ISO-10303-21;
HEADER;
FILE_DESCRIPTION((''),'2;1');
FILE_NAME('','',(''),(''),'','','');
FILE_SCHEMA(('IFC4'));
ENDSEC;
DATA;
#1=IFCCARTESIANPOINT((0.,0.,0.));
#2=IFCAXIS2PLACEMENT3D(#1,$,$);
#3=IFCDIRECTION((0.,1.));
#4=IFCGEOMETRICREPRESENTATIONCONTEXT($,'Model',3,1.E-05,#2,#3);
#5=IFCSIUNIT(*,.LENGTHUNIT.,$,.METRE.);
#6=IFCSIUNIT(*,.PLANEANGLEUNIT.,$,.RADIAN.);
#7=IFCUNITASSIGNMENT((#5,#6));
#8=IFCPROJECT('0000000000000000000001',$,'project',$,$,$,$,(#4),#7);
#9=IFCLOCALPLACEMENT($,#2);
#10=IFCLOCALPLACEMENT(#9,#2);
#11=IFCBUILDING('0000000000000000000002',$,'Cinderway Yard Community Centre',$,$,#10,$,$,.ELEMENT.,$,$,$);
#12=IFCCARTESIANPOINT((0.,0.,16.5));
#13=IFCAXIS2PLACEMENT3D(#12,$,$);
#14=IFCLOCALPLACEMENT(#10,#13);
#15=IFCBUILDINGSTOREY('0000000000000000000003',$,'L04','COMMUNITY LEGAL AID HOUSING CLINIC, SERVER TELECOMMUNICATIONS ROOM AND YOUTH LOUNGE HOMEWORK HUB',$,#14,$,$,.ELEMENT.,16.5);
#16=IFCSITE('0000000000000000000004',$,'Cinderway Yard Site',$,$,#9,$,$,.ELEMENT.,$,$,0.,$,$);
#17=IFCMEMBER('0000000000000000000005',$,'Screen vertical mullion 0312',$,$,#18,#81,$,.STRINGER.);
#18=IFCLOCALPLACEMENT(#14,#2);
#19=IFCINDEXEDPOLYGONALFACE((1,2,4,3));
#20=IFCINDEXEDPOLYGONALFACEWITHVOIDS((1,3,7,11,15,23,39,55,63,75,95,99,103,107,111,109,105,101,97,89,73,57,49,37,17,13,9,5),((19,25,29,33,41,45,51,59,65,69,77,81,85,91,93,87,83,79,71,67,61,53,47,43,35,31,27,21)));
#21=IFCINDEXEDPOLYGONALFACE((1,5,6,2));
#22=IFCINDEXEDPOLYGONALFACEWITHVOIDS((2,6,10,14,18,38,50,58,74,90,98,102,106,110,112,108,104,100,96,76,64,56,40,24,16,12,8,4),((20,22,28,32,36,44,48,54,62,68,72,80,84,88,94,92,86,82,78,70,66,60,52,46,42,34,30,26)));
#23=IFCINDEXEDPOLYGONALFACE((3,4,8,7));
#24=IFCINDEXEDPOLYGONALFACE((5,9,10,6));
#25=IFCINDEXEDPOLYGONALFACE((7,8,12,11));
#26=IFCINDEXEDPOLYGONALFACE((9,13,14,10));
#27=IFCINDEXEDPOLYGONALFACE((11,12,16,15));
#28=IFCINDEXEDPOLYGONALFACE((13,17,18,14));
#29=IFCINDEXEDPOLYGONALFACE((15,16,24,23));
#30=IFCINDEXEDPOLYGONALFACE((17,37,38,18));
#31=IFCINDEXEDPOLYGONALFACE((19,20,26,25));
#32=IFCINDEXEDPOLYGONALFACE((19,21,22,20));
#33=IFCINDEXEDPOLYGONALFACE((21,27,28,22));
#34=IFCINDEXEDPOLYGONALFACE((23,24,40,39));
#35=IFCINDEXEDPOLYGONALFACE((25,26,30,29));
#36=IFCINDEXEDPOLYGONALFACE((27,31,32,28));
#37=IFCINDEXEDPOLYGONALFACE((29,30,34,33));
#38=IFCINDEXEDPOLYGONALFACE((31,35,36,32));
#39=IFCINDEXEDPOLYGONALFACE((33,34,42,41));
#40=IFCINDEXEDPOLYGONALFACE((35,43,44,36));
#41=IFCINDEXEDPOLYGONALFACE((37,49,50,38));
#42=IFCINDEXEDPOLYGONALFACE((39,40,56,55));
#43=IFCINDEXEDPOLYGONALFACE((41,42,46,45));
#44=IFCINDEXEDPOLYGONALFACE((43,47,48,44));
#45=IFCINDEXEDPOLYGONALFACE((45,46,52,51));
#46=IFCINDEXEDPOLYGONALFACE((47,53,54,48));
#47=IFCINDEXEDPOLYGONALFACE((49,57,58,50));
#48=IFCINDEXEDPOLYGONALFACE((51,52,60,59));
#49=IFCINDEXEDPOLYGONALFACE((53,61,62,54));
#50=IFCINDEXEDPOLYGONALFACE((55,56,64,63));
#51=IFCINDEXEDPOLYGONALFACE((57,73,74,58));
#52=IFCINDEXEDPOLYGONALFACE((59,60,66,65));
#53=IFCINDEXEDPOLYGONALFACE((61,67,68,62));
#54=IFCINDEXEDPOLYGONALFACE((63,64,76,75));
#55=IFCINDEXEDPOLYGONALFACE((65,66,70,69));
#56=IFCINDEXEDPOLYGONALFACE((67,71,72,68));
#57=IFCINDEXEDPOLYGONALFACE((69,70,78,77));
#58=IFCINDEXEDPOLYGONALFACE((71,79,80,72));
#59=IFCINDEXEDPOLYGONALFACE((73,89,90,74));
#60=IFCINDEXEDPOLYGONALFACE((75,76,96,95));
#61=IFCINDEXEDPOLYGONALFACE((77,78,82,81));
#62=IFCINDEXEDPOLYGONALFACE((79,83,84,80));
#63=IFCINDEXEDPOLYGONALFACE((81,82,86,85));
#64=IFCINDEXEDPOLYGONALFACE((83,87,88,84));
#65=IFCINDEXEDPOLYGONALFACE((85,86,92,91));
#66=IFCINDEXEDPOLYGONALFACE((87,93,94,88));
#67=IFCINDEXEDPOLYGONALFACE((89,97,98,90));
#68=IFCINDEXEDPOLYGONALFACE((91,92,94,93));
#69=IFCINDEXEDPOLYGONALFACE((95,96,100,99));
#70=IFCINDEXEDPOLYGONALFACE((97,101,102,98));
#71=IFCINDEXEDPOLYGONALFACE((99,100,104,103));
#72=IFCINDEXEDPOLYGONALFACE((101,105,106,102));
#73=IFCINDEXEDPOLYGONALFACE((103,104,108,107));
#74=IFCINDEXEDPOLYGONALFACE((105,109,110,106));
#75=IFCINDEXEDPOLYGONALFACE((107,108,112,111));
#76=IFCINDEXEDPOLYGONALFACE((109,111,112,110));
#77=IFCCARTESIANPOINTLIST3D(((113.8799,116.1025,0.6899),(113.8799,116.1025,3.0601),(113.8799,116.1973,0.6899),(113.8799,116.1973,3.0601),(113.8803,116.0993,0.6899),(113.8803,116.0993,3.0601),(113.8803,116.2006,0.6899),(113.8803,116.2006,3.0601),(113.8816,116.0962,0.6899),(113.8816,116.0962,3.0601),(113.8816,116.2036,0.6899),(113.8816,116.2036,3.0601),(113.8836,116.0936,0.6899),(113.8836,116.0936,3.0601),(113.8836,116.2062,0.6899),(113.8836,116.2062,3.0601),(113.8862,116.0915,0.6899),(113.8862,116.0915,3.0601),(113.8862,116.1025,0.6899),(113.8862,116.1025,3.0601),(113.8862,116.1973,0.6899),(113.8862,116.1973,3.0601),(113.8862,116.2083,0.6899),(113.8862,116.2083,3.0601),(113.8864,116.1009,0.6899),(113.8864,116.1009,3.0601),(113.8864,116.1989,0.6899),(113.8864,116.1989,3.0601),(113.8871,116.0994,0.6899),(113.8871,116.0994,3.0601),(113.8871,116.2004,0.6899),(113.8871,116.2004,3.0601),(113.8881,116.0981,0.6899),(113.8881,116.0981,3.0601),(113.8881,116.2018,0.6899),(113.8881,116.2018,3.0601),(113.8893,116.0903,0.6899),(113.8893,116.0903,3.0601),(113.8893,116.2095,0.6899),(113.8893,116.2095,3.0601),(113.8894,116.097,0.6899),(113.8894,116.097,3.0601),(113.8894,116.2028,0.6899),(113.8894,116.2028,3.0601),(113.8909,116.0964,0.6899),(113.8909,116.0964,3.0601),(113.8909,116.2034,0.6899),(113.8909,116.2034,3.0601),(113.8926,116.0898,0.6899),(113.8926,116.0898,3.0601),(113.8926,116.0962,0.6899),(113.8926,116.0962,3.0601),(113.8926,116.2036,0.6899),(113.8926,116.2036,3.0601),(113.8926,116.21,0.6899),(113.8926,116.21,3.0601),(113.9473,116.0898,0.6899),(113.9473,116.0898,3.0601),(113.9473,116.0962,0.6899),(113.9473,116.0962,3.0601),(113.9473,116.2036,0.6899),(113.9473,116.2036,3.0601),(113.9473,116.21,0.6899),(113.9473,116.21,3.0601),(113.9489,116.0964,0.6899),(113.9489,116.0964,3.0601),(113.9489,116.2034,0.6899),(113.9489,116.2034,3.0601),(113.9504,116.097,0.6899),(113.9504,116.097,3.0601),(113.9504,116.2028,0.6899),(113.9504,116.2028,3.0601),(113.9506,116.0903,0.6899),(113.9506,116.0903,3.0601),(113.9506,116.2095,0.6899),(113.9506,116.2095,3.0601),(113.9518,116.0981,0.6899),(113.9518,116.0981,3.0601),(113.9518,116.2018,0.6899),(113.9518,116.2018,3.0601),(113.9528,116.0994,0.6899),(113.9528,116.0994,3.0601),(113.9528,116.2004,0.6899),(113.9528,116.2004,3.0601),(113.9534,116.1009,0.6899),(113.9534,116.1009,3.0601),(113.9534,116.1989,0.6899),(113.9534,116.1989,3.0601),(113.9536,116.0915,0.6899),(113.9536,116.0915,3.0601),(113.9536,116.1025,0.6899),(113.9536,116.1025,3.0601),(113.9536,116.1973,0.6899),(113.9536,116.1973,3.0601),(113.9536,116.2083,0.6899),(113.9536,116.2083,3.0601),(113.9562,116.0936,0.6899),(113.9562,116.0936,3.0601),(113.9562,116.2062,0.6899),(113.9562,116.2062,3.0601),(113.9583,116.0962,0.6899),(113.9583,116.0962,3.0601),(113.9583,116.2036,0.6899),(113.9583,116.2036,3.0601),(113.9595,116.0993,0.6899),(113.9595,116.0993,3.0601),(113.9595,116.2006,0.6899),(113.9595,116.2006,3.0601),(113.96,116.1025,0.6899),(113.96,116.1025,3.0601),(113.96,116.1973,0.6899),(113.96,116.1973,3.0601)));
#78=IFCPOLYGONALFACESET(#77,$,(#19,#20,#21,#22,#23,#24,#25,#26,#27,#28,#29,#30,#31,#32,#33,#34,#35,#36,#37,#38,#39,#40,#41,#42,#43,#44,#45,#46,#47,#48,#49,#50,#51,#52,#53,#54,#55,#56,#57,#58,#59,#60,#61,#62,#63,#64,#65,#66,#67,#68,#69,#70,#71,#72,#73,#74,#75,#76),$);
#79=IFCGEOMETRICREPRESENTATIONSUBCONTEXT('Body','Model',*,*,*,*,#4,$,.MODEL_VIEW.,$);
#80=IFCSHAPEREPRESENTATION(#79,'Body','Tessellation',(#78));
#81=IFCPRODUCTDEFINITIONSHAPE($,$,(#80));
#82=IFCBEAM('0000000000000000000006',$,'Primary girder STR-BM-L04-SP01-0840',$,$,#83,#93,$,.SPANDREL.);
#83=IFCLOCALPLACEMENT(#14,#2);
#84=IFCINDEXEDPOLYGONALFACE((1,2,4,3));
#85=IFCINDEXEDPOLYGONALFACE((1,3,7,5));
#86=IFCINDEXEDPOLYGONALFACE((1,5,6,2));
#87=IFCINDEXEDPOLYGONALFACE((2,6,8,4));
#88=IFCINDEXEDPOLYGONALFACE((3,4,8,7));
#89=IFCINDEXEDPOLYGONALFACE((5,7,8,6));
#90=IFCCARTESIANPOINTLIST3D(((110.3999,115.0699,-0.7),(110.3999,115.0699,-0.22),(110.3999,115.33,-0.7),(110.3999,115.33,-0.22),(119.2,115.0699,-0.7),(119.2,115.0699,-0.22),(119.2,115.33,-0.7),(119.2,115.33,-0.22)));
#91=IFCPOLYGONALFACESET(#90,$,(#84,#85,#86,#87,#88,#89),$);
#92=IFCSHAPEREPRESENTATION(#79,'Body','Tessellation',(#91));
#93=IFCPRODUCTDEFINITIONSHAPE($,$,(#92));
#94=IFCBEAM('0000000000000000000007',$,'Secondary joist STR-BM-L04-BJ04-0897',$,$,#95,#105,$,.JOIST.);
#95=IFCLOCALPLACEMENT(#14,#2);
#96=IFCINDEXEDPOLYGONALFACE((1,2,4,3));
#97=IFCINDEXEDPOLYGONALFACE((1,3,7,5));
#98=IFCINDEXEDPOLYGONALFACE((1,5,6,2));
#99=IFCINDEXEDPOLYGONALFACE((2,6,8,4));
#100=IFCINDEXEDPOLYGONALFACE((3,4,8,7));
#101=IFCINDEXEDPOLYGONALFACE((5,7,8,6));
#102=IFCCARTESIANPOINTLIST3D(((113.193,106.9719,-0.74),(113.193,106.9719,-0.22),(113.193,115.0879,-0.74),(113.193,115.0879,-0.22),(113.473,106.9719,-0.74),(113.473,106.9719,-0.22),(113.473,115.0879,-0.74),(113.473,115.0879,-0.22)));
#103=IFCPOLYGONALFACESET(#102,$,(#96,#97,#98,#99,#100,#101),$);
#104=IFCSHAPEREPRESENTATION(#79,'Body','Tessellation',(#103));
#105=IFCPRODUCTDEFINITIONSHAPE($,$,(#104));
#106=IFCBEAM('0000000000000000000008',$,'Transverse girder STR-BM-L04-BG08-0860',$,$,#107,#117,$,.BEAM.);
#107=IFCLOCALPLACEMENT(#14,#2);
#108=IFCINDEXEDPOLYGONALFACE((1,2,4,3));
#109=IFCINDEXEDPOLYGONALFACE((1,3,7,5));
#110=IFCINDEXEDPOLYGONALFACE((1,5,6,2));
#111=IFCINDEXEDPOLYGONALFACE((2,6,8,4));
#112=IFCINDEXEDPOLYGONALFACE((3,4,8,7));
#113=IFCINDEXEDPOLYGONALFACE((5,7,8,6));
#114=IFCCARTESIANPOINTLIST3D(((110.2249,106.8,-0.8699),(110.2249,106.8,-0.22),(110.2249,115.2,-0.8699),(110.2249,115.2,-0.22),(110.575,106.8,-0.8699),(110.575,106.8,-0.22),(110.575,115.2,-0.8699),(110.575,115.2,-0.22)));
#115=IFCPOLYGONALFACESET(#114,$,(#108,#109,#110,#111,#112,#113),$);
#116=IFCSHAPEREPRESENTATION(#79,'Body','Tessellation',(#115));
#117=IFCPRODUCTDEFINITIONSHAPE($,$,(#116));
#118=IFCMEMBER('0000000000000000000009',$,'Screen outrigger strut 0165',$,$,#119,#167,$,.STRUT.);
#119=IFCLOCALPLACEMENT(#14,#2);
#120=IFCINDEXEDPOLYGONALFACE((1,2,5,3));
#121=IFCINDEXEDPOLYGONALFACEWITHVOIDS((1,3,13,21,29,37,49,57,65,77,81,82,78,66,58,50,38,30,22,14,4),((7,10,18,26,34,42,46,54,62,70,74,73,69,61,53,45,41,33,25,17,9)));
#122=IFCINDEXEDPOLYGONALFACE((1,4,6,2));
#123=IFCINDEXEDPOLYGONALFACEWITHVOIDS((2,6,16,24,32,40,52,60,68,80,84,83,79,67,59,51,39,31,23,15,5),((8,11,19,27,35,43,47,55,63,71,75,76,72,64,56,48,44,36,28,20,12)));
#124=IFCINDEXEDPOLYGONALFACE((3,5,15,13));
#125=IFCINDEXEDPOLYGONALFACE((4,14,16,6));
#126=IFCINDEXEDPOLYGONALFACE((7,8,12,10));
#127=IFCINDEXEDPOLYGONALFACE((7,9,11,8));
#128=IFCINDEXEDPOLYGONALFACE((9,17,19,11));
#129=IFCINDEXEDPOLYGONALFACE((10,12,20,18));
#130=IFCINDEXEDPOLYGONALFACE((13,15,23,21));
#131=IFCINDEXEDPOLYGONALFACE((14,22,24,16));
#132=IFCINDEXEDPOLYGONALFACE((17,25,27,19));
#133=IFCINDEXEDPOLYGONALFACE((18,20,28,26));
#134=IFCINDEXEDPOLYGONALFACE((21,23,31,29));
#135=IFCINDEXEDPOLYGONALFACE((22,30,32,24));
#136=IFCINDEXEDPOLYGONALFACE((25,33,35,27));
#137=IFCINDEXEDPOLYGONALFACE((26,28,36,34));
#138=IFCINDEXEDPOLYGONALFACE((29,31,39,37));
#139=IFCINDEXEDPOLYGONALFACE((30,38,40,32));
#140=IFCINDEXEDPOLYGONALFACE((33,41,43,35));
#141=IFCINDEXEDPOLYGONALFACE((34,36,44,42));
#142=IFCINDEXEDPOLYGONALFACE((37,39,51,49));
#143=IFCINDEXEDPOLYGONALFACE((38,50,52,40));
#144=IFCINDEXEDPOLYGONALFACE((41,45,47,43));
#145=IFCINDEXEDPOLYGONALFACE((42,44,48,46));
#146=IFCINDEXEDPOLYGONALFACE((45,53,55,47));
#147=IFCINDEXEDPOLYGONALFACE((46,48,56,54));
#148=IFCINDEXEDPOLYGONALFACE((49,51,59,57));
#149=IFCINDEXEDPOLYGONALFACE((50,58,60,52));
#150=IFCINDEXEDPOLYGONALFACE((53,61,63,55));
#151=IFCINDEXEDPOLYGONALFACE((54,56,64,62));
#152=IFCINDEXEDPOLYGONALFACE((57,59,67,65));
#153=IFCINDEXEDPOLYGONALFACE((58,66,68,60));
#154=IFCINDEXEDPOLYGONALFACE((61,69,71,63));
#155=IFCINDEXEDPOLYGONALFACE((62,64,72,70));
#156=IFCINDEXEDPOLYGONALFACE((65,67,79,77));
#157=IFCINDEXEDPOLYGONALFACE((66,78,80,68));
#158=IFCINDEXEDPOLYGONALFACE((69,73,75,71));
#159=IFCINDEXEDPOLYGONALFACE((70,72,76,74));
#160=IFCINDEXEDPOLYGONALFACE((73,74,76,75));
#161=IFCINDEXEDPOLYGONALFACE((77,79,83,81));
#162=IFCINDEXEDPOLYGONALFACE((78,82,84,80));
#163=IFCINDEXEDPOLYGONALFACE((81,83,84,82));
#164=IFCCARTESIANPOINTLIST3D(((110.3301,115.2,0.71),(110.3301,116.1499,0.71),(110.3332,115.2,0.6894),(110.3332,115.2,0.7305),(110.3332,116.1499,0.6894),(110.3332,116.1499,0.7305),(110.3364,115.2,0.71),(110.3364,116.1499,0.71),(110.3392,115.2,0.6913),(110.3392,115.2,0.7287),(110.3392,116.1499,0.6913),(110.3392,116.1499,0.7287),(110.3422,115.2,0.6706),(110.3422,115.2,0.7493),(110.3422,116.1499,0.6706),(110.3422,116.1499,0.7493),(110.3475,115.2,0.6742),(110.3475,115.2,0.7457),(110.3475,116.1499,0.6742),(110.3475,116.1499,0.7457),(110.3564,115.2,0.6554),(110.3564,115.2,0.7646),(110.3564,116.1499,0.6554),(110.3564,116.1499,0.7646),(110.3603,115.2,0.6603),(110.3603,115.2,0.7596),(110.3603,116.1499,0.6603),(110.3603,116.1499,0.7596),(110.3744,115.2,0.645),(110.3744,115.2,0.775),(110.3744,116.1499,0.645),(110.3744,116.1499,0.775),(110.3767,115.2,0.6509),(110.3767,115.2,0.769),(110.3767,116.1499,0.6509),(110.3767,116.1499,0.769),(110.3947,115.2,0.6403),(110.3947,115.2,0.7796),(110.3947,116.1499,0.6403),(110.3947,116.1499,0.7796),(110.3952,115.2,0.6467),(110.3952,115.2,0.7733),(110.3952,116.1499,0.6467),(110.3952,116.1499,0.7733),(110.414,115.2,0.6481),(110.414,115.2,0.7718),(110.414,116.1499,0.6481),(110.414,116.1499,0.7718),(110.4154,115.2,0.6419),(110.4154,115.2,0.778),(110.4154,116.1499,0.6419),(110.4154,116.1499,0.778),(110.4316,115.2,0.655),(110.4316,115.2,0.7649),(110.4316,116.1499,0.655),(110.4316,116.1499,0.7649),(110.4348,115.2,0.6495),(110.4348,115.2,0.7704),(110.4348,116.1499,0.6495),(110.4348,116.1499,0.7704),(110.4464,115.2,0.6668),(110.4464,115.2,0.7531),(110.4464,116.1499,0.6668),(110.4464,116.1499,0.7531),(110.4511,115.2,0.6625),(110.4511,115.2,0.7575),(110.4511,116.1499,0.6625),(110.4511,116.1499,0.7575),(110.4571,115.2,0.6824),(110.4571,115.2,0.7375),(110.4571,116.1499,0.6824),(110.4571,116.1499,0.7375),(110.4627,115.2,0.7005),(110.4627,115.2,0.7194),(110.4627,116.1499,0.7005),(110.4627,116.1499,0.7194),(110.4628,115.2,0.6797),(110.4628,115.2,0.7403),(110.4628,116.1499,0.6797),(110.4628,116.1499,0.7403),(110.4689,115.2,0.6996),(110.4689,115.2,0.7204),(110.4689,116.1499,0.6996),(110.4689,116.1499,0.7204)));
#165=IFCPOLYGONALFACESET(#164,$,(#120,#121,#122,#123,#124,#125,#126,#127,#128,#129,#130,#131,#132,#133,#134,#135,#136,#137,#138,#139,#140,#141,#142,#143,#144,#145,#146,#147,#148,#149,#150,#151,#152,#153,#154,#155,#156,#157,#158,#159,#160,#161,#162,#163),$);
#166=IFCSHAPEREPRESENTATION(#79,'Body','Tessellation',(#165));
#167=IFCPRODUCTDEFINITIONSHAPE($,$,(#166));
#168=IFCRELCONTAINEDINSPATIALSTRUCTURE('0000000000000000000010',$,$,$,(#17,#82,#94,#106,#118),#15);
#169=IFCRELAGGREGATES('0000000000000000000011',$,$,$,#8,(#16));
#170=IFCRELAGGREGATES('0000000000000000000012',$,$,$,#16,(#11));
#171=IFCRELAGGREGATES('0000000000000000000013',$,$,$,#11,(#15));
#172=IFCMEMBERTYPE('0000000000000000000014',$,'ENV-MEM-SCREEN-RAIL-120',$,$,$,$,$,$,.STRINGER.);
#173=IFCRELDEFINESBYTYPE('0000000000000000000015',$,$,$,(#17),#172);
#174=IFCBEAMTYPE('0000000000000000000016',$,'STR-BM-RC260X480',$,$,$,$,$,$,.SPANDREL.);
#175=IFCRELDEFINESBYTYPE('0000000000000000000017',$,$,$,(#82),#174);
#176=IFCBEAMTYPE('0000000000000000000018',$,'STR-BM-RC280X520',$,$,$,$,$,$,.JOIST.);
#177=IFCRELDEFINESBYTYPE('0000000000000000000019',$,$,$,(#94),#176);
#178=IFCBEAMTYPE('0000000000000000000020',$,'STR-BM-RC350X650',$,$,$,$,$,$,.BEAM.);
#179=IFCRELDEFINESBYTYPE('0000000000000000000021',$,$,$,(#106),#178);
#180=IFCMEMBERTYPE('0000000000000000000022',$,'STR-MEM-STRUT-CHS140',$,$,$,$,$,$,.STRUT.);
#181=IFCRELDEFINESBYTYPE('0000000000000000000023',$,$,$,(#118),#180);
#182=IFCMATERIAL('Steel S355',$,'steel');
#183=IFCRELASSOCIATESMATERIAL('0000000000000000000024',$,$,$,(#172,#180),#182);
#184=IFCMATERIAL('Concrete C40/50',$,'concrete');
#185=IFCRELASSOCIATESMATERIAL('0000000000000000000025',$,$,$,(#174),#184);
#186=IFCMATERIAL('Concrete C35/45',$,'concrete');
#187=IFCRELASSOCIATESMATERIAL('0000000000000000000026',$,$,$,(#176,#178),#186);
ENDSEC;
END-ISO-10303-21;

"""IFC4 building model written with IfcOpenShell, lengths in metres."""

from ifc_helpers import new_model, si_unit, direction, frame, origin, origin_2d, place, context, subcontext, project, spatial, rectangle, hollow_rectangle, hollow_circle, extrude, material, material_profile, profile_set, type_object, element, save


model = new_model("IFC4")

# Units and contexts
model_context = context("Model", 3, precision=1e-05, world=origin(), true_north=direction((0.0, 1.0)))
body_context = subcontext(model_context, "Body", "Model", "MODEL_VIEW")
ifc_project = project(units=[si_unit("LENGTHUNIT", "METRE"), si_unit("PLANEANGLEUNIT", "RADIAN")], contexts=[model_context])

# Site, building, storey
site_placement = place(None, origin())
site = spatial("IfcSite", under=ifc_project, at=site_placement, Name="Cinderway Yard Site", CompositionType="ELEMENT", RefElevation=0.0)
building_placement = place(site_placement, origin())
building = spatial("IfcBuilding", under=site, at=building_placement, Name="Cinderway Yard Community Centre", CompositionType="ELEMENT")
storey_placement = place(building_placement, frame((0.0, 0.0, 16.5)))
storey = spatial("IfcBuildingStorey", under=building, at=storey_placement, Name="L04", Description="COMMUNITY LEGAL AID HOUSING CLINIC, SERVER TELECOMMUNICATIONS ROOM AND YOUTH LOUNGE HOMEWORK HUB", CompositionType="ELEMENT", Elevation=16.5)

# Shared definitions
ifc_material_1 = material(Name="Concrete C40/50", Category="concrete")

# Member
ifc_material_2 = material(Name="Steel S355", Category="steel")
ifc_material_profile_1 = material_profile(ifc_material_2, hollow_rectangle(XDim=0.0801, YDim=0.1201, WallThickness=0.0063, InnerFilletRadius=0.0063, OuterFilletRadius=0.0127, at=origin_2d()), Name="Steel S355")
ifc_profile_set_1 = profile_set([ifc_material_profile_1], Name="Steel S355")
member_type_1 = type_object("IfcMemberType", Name="ENV-MEM-SCREEN-RAIL-120", PredefinedType="STRINGER", material=ifc_profile_set_1)
for number, where, z_axis, x_axis, name in (
    (1, (113.9199, 116.1499, 0.6899), (0.0, 0.0, 1.0), (1.0, 0.0, 0.0), "Screen vertical mullion 0312"),
):
    element("IfcMember", number, at=place(storey_placement, frame(where, z_axis=z_axis, x_axis=x_axis)), inside=storey, type_object=member_type_1, Name=name, PredefinedType="STRINGER", context=body_context, shape_type="SweptSolid", body=[
        extrude(hollow_rectangle(XDim=0.0801, YDim=0.1201, WallThickness=0.0063, InnerFilletRadius=0.0063, OuterFilletRadius=0.0127, at=origin_2d()), origin(), (0.0, 0.0, 1.0), 2.3701),
    ])

# Beams
ifc_material_profile_2 = material_profile(ifc_material_1, rectangle(XDim=0.26, YDim=0.48, at=origin_2d()), Name="Concrete C40/50")
ifc_profile_set_2 = profile_set([ifc_material_profile_2], Name="Concrete C40/50")
beam_type_1 = type_object("IfcBeamType", Name="STR-BM-RC260X480", PredefinedType="SPANDREL", material=ifc_profile_set_2)
beam_1_placement = place(storey_placement, frame((110.3999, 115.2, -0.46), z_axis=(1.0, 0.0, 0.0), x_axis=(0.0, 1.0, 0.0)))
element("IfcBeam", 2, at=beam_1_placement, inside=storey, type_object=beam_type_1, Name="Primary girder STR-BM-L04-SP01-0840", PredefinedType="SPANDREL", context=body_context, shape_type="SweptSolid", body=[
    extrude(rectangle(XDim=0.26, YDim=0.48, at=origin_2d()), origin(), (0.0, 0.0, 1.0), 8.8),
])
ifc_material_3 = material(Name="Concrete C35/45", Category="concrete")
ifc_material_profile_3 = material_profile(ifc_material_3, rectangle(XDim=0.28, YDim=0.52, at=origin_2d()), Name="Concrete C35/45")
ifc_profile_set_3 = profile_set([ifc_material_profile_3], Name="Concrete C35/45")
beam_type_2 = type_object("IfcBeamType", Name="STR-BM-RC280X520", PredefinedType="JOIST", material=ifc_profile_set_3)
beam_2_placement = place(storey_placement, frame((113.333, 106.9719, -0.48), z_axis=(0.0, 1.0, 0.0), x_axis=(-1.0, 0.0, 0.0)))
element("IfcBeam", 3, at=beam_2_placement, inside=storey, type_object=beam_type_2, Name="Secondary joist STR-BM-L04-BJ04-0897", PredefinedType="JOIST", context=body_context, shape_type="SweptSolid", body=[
    extrude(rectangle(XDim=0.28, YDim=0.52, at=origin_2d()), origin(), (0.0, 0.0, 1.0), 8.116),
])
ifc_material_profile_4 = material_profile(ifc_material_3, rectangle(XDim=0.3501, YDim=0.6499, at=origin_2d()), Name="Concrete C35/45")
ifc_profile_set_4 = profile_set([ifc_material_profile_4], Name="Concrete C35/45")
beam_type_3 = type_object("IfcBeamType", Name="STR-BM-RC350X650", PredefinedType="BEAM", material=ifc_profile_set_4)
beam_3_placement = place(storey_placement, frame((110.3999, 106.8, -0.5449), z_axis=(0.0, 1.0, 0.0), x_axis=(-1.0, 0.0, 0.0)))
element("IfcBeam", 4, at=beam_3_placement, inside=storey, type_object=beam_type_3, Name="Transverse girder STR-BM-L04-BG08-0860", PredefinedType="BEAM", context=body_context, shape_type="SweptSolid", body=[
    extrude(rectangle(XDim=0.3501, YDim=0.6499, at=origin_2d()), origin(), (0.0, 0.0, 1.0), 8.3999),
])

# Member
ifc_material_profile_5 = material_profile(ifc_material_2, hollow_circle(Radius=0.0698, WallThickness=0.0063, at=origin_2d()), Name="Steel S355")
ifc_profile_set_5 = profile_set([ifc_material_profile_5], Name="Steel S355")
member_type_2 = type_object("IfcMemberType", Name="STR-MEM-STRUT-CHS140", PredefinedType="STRUT", material=ifc_profile_set_5)
for number, where, z_axis, x_axis, name in (
    (5, (110.3999, 115.2, 0.71), (0.0, 1.0, 0.0), (-1.0, 0.0, 0.0), "Screen outrigger strut 0165"),
):
    element("IfcMember", number, at=place(storey_placement, frame(where, z_axis=z_axis, x_axis=x_axis)), inside=storey, type_object=member_type_2, Name=name, PredefinedType="STRUT", context=body_context, shape_type="SweptSolid", body=[
        extrude(hollow_circle(Radius=0.0698, WallThickness=0.0063, at=origin_2d()), origin(), (0.0, 0.0, 1.0), 0.95),
    ])

save(model, "model.ifc")
